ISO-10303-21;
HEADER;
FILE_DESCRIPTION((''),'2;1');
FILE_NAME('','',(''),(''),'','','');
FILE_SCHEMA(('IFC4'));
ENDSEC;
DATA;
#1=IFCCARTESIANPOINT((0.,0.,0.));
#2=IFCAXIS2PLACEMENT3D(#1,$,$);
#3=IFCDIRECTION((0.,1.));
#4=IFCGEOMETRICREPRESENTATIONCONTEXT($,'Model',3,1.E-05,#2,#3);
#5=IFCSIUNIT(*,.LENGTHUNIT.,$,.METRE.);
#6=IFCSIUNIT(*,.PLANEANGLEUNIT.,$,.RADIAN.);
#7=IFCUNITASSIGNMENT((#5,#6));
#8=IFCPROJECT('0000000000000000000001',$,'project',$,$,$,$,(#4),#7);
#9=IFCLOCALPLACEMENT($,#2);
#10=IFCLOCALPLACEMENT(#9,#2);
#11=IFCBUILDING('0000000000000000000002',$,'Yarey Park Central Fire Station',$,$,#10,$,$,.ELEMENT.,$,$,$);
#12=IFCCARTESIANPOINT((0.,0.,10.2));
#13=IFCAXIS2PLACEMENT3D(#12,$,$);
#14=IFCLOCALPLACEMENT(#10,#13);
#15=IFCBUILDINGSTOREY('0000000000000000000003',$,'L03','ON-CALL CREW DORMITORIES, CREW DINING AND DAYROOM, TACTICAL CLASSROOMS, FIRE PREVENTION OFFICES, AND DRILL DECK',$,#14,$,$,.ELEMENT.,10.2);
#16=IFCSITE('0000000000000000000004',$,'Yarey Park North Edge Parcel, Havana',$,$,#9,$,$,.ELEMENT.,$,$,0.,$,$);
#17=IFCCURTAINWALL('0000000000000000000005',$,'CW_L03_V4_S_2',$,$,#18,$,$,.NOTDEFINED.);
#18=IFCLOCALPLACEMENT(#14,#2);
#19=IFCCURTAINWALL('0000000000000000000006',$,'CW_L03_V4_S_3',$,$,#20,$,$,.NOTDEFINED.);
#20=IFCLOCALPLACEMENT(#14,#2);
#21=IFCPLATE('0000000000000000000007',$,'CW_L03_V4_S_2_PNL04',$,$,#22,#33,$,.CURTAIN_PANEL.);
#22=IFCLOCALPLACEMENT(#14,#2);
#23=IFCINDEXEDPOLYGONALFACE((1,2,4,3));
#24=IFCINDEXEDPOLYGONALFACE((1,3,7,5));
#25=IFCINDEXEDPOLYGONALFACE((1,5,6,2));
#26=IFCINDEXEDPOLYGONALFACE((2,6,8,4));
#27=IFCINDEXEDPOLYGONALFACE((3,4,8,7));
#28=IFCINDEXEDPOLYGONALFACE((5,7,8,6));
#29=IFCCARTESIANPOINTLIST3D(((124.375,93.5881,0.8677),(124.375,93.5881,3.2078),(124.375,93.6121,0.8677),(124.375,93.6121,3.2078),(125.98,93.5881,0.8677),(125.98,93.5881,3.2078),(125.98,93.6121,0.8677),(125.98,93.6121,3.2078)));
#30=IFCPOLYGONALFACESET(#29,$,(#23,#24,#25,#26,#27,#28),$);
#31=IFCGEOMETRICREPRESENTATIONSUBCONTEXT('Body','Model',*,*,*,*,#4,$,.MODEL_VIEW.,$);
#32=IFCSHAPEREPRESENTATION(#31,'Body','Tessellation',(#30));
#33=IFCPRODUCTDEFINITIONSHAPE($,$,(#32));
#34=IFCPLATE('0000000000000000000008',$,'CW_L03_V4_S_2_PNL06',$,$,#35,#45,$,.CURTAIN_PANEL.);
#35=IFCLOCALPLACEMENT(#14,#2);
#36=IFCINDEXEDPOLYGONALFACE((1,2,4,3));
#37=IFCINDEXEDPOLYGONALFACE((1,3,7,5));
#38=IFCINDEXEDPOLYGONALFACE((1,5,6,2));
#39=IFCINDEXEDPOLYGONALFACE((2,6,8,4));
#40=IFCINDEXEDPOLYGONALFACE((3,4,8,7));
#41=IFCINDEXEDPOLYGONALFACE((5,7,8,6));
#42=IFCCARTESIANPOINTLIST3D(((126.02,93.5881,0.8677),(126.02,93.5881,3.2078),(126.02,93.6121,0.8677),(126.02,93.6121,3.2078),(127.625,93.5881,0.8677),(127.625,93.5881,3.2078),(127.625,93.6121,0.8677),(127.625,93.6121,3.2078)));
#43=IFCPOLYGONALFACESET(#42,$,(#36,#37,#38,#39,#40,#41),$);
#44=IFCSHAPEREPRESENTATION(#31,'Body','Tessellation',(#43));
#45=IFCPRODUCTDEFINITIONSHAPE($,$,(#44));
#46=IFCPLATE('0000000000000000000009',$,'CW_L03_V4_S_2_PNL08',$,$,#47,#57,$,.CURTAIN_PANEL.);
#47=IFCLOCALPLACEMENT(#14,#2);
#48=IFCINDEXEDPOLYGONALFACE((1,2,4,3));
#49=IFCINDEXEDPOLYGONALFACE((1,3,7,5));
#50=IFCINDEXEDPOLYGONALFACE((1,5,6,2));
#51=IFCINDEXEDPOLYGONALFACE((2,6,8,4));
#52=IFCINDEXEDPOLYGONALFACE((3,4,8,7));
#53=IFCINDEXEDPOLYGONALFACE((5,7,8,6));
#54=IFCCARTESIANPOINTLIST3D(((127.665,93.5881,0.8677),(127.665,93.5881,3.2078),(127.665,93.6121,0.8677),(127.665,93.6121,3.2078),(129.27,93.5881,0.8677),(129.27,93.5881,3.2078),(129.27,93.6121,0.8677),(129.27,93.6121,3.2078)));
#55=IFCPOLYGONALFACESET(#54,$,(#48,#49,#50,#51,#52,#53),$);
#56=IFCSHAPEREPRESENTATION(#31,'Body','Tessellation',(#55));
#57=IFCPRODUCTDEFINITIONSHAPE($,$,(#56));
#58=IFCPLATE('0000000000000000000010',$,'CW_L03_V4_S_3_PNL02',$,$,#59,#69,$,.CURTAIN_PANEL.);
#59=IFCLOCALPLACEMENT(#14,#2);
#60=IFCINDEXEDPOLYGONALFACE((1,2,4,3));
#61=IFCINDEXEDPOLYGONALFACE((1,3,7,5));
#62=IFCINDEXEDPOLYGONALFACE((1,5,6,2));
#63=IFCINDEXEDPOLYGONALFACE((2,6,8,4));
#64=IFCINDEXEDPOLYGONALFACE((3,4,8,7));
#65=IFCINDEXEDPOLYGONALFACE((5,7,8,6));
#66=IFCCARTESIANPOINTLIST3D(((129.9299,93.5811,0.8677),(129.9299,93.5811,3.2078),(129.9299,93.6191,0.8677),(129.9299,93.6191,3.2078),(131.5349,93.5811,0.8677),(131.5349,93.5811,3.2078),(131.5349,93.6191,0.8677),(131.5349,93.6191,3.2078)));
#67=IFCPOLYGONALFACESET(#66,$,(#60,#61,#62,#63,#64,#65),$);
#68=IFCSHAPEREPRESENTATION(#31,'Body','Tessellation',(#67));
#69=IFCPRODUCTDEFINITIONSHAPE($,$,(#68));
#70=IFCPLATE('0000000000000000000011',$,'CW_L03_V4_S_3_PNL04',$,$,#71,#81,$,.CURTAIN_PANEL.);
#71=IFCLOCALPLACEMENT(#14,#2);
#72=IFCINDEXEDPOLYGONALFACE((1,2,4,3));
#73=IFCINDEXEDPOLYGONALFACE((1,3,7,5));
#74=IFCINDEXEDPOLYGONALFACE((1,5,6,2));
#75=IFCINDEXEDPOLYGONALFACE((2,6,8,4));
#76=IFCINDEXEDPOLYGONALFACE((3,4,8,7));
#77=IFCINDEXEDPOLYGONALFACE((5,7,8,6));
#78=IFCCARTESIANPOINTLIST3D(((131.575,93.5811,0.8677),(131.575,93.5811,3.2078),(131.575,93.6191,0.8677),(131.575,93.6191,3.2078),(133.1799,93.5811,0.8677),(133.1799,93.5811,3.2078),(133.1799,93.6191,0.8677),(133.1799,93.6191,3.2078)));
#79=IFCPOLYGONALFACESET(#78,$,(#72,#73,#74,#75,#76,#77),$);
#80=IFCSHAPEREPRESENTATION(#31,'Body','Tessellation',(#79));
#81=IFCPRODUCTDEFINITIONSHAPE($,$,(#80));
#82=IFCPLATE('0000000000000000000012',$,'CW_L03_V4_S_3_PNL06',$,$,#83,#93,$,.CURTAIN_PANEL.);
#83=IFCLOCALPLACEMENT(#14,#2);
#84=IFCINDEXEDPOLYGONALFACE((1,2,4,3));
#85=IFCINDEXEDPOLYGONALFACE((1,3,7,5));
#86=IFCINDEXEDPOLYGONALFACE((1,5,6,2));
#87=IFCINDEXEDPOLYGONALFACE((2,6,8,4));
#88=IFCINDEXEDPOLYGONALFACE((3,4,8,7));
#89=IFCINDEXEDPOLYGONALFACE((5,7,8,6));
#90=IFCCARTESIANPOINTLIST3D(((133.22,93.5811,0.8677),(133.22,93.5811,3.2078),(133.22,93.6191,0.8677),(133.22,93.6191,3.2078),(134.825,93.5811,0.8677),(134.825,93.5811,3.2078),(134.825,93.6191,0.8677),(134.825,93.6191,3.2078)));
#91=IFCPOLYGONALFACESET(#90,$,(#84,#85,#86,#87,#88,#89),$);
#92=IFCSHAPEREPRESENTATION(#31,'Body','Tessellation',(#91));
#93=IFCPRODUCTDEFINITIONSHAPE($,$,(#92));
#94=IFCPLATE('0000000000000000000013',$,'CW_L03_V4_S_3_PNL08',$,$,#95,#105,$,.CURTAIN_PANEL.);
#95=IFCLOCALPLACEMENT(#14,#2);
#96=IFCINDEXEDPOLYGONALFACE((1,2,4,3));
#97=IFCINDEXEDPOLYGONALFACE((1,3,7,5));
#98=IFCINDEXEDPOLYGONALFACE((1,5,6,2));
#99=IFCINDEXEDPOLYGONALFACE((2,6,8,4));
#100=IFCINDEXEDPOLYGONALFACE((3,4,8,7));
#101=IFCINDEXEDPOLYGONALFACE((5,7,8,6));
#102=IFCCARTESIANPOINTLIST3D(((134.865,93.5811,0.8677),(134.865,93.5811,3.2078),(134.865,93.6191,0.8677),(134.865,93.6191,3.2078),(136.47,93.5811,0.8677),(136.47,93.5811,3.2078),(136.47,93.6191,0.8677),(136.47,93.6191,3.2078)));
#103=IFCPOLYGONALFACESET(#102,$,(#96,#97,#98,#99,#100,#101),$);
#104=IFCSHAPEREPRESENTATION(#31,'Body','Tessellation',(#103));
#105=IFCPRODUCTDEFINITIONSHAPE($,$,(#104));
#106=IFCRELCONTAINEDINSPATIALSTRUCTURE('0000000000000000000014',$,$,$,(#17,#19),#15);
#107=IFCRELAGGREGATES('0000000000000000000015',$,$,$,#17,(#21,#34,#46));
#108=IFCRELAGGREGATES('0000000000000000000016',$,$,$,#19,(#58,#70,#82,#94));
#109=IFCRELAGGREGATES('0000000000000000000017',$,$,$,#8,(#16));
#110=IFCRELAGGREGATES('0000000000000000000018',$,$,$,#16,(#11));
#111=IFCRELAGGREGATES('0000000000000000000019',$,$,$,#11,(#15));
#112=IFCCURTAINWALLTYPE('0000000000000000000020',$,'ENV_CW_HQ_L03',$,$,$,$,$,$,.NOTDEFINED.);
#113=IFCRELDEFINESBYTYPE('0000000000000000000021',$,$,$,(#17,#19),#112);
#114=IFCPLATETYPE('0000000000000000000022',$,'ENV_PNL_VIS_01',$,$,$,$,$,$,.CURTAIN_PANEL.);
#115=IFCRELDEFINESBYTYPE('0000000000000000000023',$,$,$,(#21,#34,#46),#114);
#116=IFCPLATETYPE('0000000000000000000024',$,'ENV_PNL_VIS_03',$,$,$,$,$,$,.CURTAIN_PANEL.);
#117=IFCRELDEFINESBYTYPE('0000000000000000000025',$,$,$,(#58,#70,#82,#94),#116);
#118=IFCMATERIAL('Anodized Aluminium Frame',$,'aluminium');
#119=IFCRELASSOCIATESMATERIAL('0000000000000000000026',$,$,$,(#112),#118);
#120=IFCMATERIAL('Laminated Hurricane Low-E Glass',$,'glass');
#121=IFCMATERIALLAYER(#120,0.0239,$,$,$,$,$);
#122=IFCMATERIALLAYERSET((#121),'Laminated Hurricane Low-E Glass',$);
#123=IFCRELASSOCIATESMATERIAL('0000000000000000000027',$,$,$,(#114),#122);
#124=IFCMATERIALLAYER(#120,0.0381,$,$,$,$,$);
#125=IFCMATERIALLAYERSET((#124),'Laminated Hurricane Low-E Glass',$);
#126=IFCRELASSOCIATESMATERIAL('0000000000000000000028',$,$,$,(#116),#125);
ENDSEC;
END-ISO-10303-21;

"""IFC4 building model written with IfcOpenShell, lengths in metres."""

from ifc_helpers import new_model, si_unit, direction, frame, origin, origin_2d, place, context, subcontext, project, spatial, rectangle, extrude, material, layer, layer_set, type_object, element, aggregate, save


model = new_model("IFC4")

# Units and contexts
model_context = context("Model", 3, precision=1e-05, world=origin(), true_north=direction((0.0, 1.0)))
body_context = subcontext(model_context, "Body", "Model", "MODEL_VIEW")
ifc_project = project(units=[si_unit("LENGTHUNIT", "METRE"), si_unit("PLANEANGLEUNIT", "RADIAN")], contexts=[model_context])

# Site, building, storey
site_placement = place(None, origin())
site = spatial("IfcSite", under=ifc_project, at=site_placement, Name="Yarey Park North Edge Parcel, Havana", CompositionType="ELEMENT", RefElevation=0.0)
building_placement = place(site_placement, origin())
building = spatial("IfcBuilding", under=site, at=building_placement, Name="Yarey Park Central Fire Station", CompositionType="ELEMENT")
storey_placement = place(building_placement, frame((0.0, 0.0, 10.2)))
storey = spatial("IfcBuildingStorey", under=building, at=storey_placement, Name="L03", Description="ON-CALL CREW DORMITORIES, CREW DINING AND DAYROOM, TACTICAL CLASSROOMS, FIRE PREVENTION OFFICES, AND DRILL DECK", CompositionType="ELEMENT", Elevation=10.2)

# Curtain walls
ifc_material_1 = material(Name="Anodized Aluminium Frame", Category="aluminium")
curtain_wall_type = type_object("IfcCurtainWallType", Name="ENV_CW_HQ_L03", PredefinedType="NOTDEFINED", material=ifc_material_1)
curtain_wall_1_placement = place(storey_placement, origin())
curtain_wall_1 = element("IfcCurtainWall", 1, at=curtain_wall_1_placement, inside=storey, type_object=curtain_wall_type, Name="CW_L03_V4_S_2", PredefinedType="NOTDEFINED")
curtain_wall_2_placement = place(storey_placement, origin())
curtain_wall_2 = element("IfcCurtainWall", 2, at=curtain_wall_2_placement, inside=storey, type_object=curtain_wall_type, Name="CW_L03_V4_S_3", PredefinedType="NOTDEFINED")

# Plates
ifc_material_2 = material(Name="Laminated Hurricane Low-E Glass", Category="glass")
ifc_layer_1 = layer(ifc_material_2, 0.0239)
ifc_layer_set_1 = layer_set([ifc_layer_1], Name="Laminated Hurricane Low-E Glass")
plate_type_1 = type_object("IfcPlateType", Name="ENV_PNL_VIS_01", PredefinedType="CURTAIN_PANEL", material=ifc_layer_set_1)
plate_1_placement = place(storey_placement, frame((125.1775, 93.6001, 0.8677), z_axis=(0.0, 0.0, 1.0), x_axis=(1.0, 0.0, 0.0)))
plate_1 = element("IfcPlate", 3, at=plate_1_placement, type_object=plate_type_1, Name="CW_L03_V4_S_2_PNL04", PredefinedType="CURTAIN_PANEL", context=body_context, shape_type="SweptSolid", body=[
    extrude(rectangle(XDim=1.605, YDim=0.0239, at=origin_2d()), origin(), (0.0, 0.0, 1.0), 2.3401),
])
plate_2_placement = place(storey_placement, frame((126.8225, 93.6001, 0.8677), z_axis=(0.0, 0.0, 1.0), x_axis=(1.0, 0.0, 0.0)))
plate_2 = element("IfcPlate", 4, at=plate_2_placement, type_object=plate_type_1, Name="CW_L03_V4_S_2_PNL06", PredefinedType="CURTAIN_PANEL", context=body_context, shape_type="SweptSolid", body=[
    extrude(rectangle(XDim=1.605, YDim=0.0239, at=origin_2d()), origin(), (0.0, 0.0, 1.0), 2.3401),
])
plate_3_placement = place(storey_placement, frame((128.4675, 93.6001, 0.8677), z_axis=(0.0, 0.0, 1.0), x_axis=(1.0, 0.0, 0.0)))
plate_3 = element("IfcPlate", 5, at=plate_3_placement, type_object=plate_type_1, Name="CW_L03_V4_S_2_PNL08", PredefinedType="CURTAIN_PANEL", context=body_context, shape_type="SweptSolid", body=[
    extrude(rectangle(XDim=1.605, YDim=0.0239, at=origin_2d()), origin(), (0.0, 0.0, 1.0), 2.3401),
])
aggregate(curtain_wall_1, [plate_1, plate_2, plate_3])
ifc_layer_2 = layer(ifc_material_2, 0.0381)
ifc_layer_set_2 = layer_set([ifc_layer_2], Name="Laminated Hurricane Low-E Glass")
plate_type_2 = type_object("IfcPlateType", Name="ENV_PNL_VIS_03", PredefinedType="CURTAIN_PANEL", material=ifc_layer_set_2)
plate_4_placement = place(storey_placement, frame((130.7324, 93.6001, 0.8677), z_axis=(0.0, 0.0, 1.0), x_axis=(1.0, 0.0, 0.0)))
plate_4 = element("IfcPlate", 6, at=plate_4_placement, type_object=plate_type_2, Name="CW_L03_V4_S_3_PNL02", PredefinedType="CURTAIN_PANEL", context=body_context, shape_type="SweptSolid", body=[
    extrude(rectangle(XDim=1.605, YDim=0.0381, at=origin_2d()), origin(), (0.0, 0.0, 1.0), 2.3401),
])
plate_5_placement = place(storey_placement, frame((132.3774, 93.6001, 0.8677), z_axis=(0.0, 0.0, 1.0), x_axis=(1.0, 0.0, 0.0)))
plate_5 = element("IfcPlate", 7, at=plate_5_placement, type_object=plate_type_2, Name="CW_L03_V4_S_3_PNL04", PredefinedType="CURTAIN_PANEL", context=body_context, shape_type="SweptSolid", body=[
    extrude(rectangle(XDim=1.605, YDim=0.0381, at=origin_2d()), origin(), (0.0, 0.0, 1.0), 2.3401),
])
plate_6_placement = place(storey_placement, frame((134.0225, 93.6001, 0.8677), z_axis=(0.0, 0.0, 1.0), x_axis=(1.0, 0.0, 0.0)))
plate_6 = element("IfcPlate", 8, at=plate_6_placement, type_object=plate_type_2, Name="CW_L03_V4_S_3_PNL06", PredefinedType="CURTAIN_PANEL", context=body_context, shape_type="SweptSolid", body=[
    extrude(rectangle(XDim=1.605, YDim=0.0381, at=origin_2d()), origin(), (0.0, 0.0, 1.0), 2.3401),
])
plate_7_placement = place(storey_placement, frame((135.6675, 93.6001, 0.8677), z_axis=(0.0, 0.0, 1.0), x_axis=(1.0, 0.0, 0.0)))
plate_7 = element("IfcPlate", 9, at=plate_7_placement, type_object=plate_type_2, Name="CW_L03_V4_S_3_PNL08", PredefinedType="CURTAIN_PANEL", context=body_context, shape_type="SweptSolid", body=[
    extrude(rectangle(XDim=1.605, YDim=0.0381, at=origin_2d()), origin(), (0.0, 0.0, 1.0), 2.3401),
])
aggregate(curtain_wall_2, [plate_4, plate_5, plate_6, plate_7])

save(model, "model.ifc")
